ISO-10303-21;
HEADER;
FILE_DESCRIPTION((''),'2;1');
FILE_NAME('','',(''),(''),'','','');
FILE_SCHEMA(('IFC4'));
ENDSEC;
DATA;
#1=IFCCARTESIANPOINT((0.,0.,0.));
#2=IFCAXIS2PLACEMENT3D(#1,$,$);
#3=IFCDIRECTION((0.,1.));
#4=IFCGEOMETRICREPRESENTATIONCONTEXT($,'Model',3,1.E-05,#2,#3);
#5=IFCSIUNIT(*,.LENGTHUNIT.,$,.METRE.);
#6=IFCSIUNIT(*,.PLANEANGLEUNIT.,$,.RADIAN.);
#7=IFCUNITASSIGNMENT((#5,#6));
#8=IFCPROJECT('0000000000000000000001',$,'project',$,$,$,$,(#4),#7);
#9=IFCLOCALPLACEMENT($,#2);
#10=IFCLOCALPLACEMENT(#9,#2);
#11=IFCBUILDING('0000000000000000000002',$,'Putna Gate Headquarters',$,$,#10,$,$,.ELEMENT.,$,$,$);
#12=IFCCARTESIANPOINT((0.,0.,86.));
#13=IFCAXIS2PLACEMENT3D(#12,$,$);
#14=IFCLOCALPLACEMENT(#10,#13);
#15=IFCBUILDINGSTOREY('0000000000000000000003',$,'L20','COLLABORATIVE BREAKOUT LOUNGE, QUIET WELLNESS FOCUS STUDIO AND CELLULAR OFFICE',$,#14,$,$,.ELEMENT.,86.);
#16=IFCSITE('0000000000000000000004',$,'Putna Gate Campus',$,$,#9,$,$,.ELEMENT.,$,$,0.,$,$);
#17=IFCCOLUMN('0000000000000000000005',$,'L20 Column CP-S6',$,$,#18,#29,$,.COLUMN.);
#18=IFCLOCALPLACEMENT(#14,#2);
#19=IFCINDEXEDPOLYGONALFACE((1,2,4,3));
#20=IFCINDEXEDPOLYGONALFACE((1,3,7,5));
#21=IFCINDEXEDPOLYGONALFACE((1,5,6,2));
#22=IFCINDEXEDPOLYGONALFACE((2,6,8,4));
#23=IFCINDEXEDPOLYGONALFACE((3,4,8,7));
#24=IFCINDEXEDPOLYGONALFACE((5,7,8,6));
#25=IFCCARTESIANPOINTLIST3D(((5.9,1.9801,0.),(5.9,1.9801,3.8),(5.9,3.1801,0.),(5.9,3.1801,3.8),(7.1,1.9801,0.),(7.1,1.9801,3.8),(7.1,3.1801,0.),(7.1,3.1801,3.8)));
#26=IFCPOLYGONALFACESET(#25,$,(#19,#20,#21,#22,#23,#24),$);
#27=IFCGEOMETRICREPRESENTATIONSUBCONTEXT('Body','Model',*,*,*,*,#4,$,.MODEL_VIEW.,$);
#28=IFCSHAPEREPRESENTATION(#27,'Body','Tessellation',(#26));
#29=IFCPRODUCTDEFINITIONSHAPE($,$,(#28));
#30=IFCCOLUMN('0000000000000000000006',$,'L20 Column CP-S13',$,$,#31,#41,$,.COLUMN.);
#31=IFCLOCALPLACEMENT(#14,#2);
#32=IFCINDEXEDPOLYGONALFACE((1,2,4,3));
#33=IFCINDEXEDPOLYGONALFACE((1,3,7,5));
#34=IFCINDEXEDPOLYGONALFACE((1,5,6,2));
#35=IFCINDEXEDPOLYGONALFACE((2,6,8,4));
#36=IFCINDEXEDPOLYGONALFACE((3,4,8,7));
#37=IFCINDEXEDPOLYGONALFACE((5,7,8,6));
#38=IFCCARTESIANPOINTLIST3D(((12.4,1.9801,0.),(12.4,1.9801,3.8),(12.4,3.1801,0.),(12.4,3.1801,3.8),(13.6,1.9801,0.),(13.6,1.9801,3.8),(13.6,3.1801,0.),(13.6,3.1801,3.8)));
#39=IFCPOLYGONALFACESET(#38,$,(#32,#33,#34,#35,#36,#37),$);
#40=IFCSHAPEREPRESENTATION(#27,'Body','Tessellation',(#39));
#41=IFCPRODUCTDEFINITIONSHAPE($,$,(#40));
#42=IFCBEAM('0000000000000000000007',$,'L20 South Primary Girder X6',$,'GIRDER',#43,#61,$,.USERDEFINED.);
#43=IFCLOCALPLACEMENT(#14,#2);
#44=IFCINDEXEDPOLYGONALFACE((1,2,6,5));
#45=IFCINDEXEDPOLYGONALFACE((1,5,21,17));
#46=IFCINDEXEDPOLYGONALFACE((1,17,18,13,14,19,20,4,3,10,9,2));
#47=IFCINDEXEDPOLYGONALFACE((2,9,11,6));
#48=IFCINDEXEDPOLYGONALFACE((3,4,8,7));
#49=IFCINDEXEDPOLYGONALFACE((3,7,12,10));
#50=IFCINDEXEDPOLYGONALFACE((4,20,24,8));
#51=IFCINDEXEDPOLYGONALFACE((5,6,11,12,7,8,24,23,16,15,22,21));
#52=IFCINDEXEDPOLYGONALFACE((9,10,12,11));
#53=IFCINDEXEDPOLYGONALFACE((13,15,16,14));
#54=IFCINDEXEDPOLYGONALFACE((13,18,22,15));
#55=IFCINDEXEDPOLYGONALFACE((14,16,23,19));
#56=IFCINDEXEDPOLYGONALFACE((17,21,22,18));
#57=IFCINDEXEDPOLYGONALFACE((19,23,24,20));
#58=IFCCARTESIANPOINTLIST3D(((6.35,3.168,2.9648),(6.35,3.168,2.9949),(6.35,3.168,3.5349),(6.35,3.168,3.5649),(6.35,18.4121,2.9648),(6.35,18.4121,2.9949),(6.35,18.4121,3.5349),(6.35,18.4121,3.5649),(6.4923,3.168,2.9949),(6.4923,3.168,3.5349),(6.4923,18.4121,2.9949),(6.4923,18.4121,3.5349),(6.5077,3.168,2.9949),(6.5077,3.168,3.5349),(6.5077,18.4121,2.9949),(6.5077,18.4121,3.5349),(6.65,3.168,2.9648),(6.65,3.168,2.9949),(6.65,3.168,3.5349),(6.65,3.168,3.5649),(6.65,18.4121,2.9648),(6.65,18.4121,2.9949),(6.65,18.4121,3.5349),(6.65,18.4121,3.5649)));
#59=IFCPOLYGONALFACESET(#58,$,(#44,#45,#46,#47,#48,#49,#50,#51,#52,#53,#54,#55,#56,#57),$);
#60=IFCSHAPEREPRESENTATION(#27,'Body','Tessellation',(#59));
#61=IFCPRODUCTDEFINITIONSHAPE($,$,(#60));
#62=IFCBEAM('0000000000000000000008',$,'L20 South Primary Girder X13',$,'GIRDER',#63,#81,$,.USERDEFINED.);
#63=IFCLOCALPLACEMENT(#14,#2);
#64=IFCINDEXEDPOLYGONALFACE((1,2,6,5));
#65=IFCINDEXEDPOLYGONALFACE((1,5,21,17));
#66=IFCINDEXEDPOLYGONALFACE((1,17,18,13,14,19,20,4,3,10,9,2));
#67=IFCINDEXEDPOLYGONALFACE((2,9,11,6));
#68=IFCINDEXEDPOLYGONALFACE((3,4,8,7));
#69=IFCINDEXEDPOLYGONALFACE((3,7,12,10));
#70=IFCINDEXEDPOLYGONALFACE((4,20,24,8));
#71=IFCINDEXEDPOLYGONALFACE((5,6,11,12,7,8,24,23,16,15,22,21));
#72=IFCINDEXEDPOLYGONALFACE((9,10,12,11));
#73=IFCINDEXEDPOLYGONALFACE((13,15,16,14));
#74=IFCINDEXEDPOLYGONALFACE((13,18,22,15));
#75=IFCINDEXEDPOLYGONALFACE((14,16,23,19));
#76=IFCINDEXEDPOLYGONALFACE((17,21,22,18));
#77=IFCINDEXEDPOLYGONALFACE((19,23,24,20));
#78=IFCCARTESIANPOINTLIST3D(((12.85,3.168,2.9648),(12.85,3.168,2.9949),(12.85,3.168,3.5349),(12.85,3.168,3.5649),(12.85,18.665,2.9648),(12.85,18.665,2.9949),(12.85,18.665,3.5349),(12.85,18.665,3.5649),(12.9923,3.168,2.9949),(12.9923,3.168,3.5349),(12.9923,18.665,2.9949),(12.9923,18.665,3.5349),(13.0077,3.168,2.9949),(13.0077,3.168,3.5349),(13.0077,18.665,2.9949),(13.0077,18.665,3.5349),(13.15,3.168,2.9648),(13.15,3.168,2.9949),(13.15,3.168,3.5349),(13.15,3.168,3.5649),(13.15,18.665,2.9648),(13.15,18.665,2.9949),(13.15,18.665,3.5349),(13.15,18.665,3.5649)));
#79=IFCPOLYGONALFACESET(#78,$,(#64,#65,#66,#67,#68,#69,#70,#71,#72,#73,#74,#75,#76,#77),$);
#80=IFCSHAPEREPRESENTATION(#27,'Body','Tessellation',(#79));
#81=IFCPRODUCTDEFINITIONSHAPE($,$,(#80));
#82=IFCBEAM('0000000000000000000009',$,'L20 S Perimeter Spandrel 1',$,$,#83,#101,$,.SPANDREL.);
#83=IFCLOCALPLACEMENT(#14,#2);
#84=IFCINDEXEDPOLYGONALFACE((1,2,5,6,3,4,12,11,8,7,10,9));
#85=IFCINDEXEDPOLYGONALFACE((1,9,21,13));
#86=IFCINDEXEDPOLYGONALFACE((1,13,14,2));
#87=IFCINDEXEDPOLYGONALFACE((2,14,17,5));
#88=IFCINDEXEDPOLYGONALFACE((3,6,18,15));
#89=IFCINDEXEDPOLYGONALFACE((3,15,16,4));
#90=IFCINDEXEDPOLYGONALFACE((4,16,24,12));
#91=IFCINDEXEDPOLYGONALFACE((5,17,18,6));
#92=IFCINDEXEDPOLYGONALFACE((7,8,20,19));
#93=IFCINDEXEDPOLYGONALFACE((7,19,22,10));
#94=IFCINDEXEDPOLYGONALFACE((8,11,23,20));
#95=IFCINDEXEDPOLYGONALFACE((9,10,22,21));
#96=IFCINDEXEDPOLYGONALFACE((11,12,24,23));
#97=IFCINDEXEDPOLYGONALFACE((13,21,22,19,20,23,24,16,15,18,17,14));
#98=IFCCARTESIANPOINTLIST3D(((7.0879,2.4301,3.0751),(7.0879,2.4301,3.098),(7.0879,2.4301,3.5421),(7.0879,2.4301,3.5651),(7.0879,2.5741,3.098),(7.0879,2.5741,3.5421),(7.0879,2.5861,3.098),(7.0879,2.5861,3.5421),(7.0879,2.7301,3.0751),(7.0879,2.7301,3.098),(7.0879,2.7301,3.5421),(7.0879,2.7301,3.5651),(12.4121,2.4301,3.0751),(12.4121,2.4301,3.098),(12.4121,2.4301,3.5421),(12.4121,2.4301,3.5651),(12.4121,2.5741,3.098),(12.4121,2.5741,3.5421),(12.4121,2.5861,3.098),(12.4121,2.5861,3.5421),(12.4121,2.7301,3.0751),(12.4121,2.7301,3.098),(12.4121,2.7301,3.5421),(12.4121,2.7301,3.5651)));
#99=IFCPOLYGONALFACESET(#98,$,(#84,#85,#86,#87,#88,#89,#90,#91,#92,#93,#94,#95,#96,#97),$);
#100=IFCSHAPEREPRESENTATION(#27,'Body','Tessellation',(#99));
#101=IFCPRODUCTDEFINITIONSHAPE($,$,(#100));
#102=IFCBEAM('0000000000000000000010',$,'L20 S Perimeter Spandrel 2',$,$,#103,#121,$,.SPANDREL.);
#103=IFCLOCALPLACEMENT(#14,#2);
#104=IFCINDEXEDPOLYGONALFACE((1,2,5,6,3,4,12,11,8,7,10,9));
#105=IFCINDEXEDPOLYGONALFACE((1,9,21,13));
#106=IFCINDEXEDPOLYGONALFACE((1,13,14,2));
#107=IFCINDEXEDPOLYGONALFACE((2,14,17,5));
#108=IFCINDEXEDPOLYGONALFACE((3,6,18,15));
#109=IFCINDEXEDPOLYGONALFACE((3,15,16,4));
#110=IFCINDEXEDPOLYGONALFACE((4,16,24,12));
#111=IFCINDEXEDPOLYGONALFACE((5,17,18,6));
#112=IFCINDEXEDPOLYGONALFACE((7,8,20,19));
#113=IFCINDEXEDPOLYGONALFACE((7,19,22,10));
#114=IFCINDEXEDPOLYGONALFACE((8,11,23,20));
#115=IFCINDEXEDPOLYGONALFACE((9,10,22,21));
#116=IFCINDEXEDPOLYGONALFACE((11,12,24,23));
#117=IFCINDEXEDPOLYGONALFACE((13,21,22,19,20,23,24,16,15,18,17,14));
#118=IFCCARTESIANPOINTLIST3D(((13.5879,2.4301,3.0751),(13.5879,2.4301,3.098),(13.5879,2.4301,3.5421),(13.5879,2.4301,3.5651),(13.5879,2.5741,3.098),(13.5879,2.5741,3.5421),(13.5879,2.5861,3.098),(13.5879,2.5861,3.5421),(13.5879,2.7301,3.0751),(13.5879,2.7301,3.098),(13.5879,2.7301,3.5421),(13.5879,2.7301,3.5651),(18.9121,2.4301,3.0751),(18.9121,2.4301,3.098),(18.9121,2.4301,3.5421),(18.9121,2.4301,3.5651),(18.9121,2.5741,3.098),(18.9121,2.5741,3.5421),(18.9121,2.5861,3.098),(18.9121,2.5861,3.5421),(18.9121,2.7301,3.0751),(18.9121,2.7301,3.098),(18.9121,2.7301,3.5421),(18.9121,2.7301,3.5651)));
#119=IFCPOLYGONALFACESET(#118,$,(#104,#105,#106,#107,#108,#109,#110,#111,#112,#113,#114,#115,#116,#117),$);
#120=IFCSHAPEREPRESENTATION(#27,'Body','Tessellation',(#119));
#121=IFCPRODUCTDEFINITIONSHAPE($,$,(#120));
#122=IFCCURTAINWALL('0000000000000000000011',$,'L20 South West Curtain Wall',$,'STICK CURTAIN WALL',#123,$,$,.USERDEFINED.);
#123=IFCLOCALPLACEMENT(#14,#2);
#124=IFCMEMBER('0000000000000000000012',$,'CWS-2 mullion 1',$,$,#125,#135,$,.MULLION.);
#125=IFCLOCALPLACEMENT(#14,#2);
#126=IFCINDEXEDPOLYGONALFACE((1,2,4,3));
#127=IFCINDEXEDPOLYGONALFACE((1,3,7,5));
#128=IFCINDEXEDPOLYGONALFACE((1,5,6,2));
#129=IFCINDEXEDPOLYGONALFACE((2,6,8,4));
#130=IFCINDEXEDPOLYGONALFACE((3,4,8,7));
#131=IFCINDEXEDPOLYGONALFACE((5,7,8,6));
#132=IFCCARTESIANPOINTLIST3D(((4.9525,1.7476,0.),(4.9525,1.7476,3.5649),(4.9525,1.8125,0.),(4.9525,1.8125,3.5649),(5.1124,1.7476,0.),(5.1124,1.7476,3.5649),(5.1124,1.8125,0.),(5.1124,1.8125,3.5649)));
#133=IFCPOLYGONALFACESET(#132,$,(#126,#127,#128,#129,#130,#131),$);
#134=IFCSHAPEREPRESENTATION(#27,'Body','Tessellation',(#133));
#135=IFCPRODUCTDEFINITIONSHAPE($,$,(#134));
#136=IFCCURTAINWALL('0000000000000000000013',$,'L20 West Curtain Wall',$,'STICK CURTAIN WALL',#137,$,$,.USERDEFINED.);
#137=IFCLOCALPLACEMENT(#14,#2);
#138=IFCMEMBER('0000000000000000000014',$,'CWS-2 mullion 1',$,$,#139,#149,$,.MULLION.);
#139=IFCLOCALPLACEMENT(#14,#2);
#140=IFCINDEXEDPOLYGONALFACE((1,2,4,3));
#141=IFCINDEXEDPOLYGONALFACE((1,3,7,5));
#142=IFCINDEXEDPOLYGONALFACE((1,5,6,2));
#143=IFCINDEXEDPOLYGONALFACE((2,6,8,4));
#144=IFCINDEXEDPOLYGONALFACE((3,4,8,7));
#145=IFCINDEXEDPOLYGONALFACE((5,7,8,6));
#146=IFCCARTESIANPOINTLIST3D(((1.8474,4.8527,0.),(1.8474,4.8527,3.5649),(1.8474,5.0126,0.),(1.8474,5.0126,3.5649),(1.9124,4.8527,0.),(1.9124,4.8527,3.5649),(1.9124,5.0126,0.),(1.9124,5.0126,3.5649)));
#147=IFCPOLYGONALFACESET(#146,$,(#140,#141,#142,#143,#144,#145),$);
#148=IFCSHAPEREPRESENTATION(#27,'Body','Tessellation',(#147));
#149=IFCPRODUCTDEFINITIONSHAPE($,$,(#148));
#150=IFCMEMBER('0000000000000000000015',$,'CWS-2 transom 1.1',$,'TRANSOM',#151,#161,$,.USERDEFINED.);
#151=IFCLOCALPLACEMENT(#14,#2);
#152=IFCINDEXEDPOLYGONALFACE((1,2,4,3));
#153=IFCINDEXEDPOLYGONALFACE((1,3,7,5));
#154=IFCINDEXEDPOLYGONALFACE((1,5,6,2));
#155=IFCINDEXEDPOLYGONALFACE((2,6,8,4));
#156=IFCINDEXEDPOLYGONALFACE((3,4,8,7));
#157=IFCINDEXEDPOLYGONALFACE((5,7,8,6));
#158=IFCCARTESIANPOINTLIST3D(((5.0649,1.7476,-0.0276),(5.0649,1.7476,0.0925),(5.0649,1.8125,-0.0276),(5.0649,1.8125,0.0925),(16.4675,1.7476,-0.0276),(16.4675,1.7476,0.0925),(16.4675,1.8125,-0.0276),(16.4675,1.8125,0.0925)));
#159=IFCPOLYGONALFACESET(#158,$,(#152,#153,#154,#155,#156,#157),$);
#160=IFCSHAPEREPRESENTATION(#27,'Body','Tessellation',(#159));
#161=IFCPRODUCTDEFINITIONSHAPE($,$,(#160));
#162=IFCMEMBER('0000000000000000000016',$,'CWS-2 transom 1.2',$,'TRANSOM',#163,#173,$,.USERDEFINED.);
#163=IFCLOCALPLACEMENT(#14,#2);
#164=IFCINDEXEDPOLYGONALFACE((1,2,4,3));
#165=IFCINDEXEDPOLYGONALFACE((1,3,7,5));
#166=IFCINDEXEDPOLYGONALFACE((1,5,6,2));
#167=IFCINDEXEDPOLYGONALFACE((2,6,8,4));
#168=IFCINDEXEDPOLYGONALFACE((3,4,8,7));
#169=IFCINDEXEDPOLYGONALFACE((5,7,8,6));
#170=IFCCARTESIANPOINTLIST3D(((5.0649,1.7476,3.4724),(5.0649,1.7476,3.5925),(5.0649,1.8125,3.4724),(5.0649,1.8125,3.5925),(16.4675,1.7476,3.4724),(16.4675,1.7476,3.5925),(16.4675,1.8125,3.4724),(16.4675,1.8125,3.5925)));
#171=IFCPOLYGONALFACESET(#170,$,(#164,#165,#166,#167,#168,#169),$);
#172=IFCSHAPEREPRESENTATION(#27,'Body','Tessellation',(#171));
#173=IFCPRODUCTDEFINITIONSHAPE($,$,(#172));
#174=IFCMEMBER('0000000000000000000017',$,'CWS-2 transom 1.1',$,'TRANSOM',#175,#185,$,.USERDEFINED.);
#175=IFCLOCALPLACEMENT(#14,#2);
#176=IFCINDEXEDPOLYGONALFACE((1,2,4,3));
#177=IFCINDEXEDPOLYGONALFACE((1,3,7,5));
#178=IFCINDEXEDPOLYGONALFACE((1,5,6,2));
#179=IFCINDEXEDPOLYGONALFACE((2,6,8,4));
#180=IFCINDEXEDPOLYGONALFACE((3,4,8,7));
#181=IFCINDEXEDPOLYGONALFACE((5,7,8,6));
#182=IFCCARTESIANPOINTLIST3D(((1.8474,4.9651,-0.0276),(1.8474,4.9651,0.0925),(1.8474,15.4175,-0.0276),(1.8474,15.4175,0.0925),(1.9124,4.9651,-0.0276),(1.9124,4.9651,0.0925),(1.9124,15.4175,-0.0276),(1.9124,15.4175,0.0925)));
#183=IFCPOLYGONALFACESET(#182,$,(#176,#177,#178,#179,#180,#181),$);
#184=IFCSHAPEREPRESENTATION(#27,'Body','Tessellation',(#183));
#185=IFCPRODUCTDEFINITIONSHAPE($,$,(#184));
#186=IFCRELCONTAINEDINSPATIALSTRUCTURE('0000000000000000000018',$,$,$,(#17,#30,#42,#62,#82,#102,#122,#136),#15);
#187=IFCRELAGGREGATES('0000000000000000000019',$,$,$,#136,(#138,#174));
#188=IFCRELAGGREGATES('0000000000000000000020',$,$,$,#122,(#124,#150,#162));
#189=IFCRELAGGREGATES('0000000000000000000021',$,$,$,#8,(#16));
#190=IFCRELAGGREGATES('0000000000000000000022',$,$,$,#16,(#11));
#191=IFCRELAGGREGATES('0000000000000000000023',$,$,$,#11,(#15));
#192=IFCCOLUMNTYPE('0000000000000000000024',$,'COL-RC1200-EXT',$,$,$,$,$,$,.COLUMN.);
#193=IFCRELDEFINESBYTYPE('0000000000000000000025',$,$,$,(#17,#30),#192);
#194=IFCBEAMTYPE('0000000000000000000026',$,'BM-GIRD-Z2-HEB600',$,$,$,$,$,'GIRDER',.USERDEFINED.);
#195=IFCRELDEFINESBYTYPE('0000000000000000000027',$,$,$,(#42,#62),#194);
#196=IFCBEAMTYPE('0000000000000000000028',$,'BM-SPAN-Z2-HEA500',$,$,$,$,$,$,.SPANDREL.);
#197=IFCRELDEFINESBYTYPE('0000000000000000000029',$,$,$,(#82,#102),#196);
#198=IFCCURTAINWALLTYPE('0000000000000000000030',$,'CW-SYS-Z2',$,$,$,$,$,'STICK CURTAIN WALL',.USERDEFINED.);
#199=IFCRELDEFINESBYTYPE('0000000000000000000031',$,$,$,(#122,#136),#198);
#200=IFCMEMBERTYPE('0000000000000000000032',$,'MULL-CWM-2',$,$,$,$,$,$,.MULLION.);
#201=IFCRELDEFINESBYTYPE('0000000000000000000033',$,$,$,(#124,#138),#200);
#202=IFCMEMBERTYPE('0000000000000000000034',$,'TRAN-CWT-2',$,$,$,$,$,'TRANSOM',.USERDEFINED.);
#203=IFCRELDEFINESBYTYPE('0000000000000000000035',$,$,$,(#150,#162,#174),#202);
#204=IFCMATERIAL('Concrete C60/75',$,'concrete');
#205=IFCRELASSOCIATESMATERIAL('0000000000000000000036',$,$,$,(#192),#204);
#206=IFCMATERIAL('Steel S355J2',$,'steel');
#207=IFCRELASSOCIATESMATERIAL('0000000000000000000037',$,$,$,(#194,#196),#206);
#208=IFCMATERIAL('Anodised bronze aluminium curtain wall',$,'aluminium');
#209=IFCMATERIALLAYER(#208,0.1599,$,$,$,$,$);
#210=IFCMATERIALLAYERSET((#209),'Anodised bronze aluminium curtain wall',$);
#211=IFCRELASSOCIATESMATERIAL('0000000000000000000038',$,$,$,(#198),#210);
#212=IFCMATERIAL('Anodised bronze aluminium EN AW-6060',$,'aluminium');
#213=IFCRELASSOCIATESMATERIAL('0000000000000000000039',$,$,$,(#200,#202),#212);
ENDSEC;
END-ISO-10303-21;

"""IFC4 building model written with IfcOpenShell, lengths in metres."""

from ifc_helpers import new_model, si_unit, direction, frame, origin, origin_2d, place, context, subcontext, project, spatial, rectangle, i_section, extrude, material, layer, layer_set, material_profile, profile_set, type_object, element, aggregate, save


model = new_model("IFC4")

# Units and contexts
model_context = context("Model", 3, precision=1e-05, world=origin(), true_north=direction((0.0, 1.0)))
body_context = subcontext(model_context, "Body", "Model", "MODEL_VIEW")
ifc_project = project(units=[si_unit("LENGTHUNIT", "METRE"), si_unit("PLANEANGLEUNIT", "RADIAN")], contexts=[model_context])

# Site, building, storey
site_placement = place(None, origin())
site = spatial("IfcSite", under=ifc_project, at=site_placement, Name="Putna Gate Campus", CompositionType="ELEMENT", RefElevation=0.0)
building_placement = place(site_placement, origin())
building = spatial("IfcBuilding", under=site, at=building_placement, Name="Putna Gate Headquarters", CompositionType="ELEMENT")
storey_placement = place(building_placement, frame((0.0, 0.0, 86.0)))
storey = spatial("IfcBuildingStorey", under=building, at=storey_placement, Name="L20", Description="COLLABORATIVE BREAKOUT LOUNGE, QUIET WELLNESS FOCUS STUDIO AND CELLULAR OFFICE", CompositionType="ELEMENT", Elevation=86.0)

# Columns
ifc_material_1 = material(Name="Concrete C60/75", Category="concrete")
ifc_material_profile_1 = material_profile(ifc_material_1, rectangle(XDim=1.2, YDim=1.2, at=origin_2d()), Name="Concrete C60/75")
ifc_profile_set_1 = profile_set([ifc_material_profile_1], Name="Concrete C60/75")
column_type = type_object("IfcColumnType", Name="COL-RC1200-EXT", PredefinedType="COLUMN", material=ifc_profile_set_1)
for number, where, z_axis, x_axis, name in (
    (1, (6.5, 2.5801, 0.0), (0.0, 0.0, 1.0), (1.0, 0.0, 0.0), "L20 Column CP-S6"),
    (2, (13.0, 2.5801, 0.0), (0.0, 0.0, 1.0), (1.0, 0.0, 0.0), "L20 Column CP-S13"),
):
    element("IfcColumn", number, at=place(storey_placement, frame(where, z_axis=z_axis, x_axis=x_axis)), inside=storey, type_object=column_type, Name=name, PredefinedType="COLUMN", context=body_context, shape_type="SweptSolid", body=[
        extrude(rectangle(XDim=1.2, YDim=1.2, at=origin_2d()), origin(), (0.0, 0.0, 1.0), 3.8),
    ])

# Beams
ifc_material_2 = material(Name="Steel S355J2", Category="steel")
ifc_material_profile_2 = material_profile(ifc_material_2, i_section(OverallWidth=0.3, OverallDepth=0.6001, WebThickness=0.0154, FlangeThickness=0.03, at=origin_2d()), Name="Steel S355J2")
ifc_profile_set_2 = profile_set([ifc_material_profile_2], Name="Steel S355J2")
beam_type_1 = type_object("IfcBeamType", Name="BM-GIRD-Z2-HEB600", ElementType="GIRDER", PredefinedType="USERDEFINED", material=ifc_profile_set_2)
beam_1_placement = place(storey_placement, frame((6.5, 3.168, 3.2649), z_axis=(0.0, 1.0, 0.0), x_axis=(-1.0, 0.0, 0.0)))
element("IfcBeam", 3, at=beam_1_placement, inside=storey, type_object=beam_type_1, Name="L20 South Primary Girder X6", ObjectType="GIRDER", PredefinedType="USERDEFINED", context=body_context, shape_type="SweptSolid", body=[
    extrude(i_section(OverallWidth=0.3, OverallDepth=0.6001, WebThickness=0.0154, FlangeThickness=0.03, at=origin_2d()), origin(), (0.0, 0.0, 1.0), 15.2441),
])
beam_2_placement = place(storey_placement, frame((13.0, 3.168, 3.2649), z_axis=(0.0, 1.0, 0.0), x_axis=(-1.0, 0.0, 0.0)))
element("IfcBeam", 4, at=beam_2_placement, inside=storey, type_object=beam_type_1, Name="L20 South Primary Girder X13", ObjectType="GIRDER", PredefinedType="USERDEFINED", context=body_context, shape_type="SweptSolid", body=[
    extrude(i_section(OverallWidth=0.3, OverallDepth=0.6001, WebThickness=0.0154, FlangeThickness=0.03, at=origin_2d()), origin(), (0.0, 0.0, 1.0), 15.4971),
])
ifc_material_profile_3 = material_profile(ifc_material_2, i_section(OverallWidth=0.3, OverallDepth=0.49, WebThickness=0.012, FlangeThickness=0.0229, at=origin_2d()), Name="Steel S355J2")
ifc_profile_set_3 = profile_set([ifc_material_profile_3], Name="Steel S355J2")
beam_type_2 = type_object("IfcBeamType", Name="BM-SPAN-Z2-HEA500", PredefinedType="SPANDREL", material=ifc_profile_set_3)
for number, where, z_axis, x_axis, name in (
    (5, (7.0879, 2.5801, 3.3201), (1.0, 0.0, 0.0), (0.0, 1.0, 0.0), "L20 S Perimeter Spandrel 1"),
    (6, (13.5879, 2.5801, 3.3201), (1.0, 0.0, 0.0), (0.0, 1.0, 0.0), "L20 S Perimeter Spandrel 2"),
):
    element("IfcBeam", number, at=place(storey_placement, frame(where, z_axis=z_axis, x_axis=x_axis)), inside=storey, type_object=beam_type_2, Name=name, PredefinedType="SPANDREL", context=body_context, shape_type="SweptSolid", body=[
        extrude(i_section(OverallWidth=0.3, OverallDepth=0.49, WebThickness=0.012, FlangeThickness=0.0229, at=origin_2d()), origin(), (0.0, 0.0, 1.0), 5.3242),
    ])

# Curtain walls, members
ifc_material_3 = material(Name="Anodised bronze aluminium curtain wall", Category="aluminium")
ifc_layer_1 = layer(ifc_material_3, 0.1599)
ifc_layer_set_1 = layer_set([ifc_layer_1], Name="Anodised bronze aluminium curtain wall")
curtain_wall_type = type_object("IfcCurtainWallType", Name="CW-SYS-Z2", ElementType="STICK CURTAIN WALL", PredefinedType="USERDEFINED", material=ifc_layer_set_1)
curtain_wall_1_placement = place(storey_placement, origin())
curtain_wall_1 = element("IfcCurtainWall", 7, at=curtain_wall_1_placement, inside=storey, type_object=curtain_wall_type, Name="L20 South West Curtain Wall", ObjectType="STICK CURTAIN WALL", PredefinedType="USERDEFINED")
ifc_material_4 = material(Name="Anodised bronze aluminium EN AW-6060", Category="aluminium")
ifc_material_profile_4 = material_profile(ifc_material_4, rectangle(XDim=0.0649, YDim=0.1599, at=origin_2d()), Name="Anodised bronze aluminium EN AW-6060")
ifc_profile_set_4 = profile_set([ifc_material_profile_4], Name="Anodised bronze aluminium EN AW-6060")
member_type_1 = type_object("IfcMemberType", Name="MULL-CWM-2", PredefinedType="MULLION", material=ifc_profile_set_4)
member_1_placement = place(storey_placement, frame((5.0325, 1.78, 0.0), z_axis=(0.0, 0.0, 1.0), x_axis=(0.0, 1.0, 0.0)))
member_1 = element("IfcMember", 8, at=member_1_placement, type_object=member_type_1, Name="CWS-2 mullion 1", PredefinedType="MULLION", context=body_context, shape_type="SweptSolid", body=[
    extrude(rectangle(XDim=0.0649, YDim=0.1599, at=origin_2d()), origin(), (0.0, 0.0, 1.0), 3.5649),
])
curtain_wall_2_placement = place(storey_placement, origin())
curtain_wall_2 = element("IfcCurtainWall", 9, at=curtain_wall_2_placement, inside=storey, type_object=curtain_wall_type, Name="L20 West Curtain Wall", ObjectType="STICK CURTAIN WALL", PredefinedType="USERDEFINED")
member_2_placement = place(storey_placement, frame((1.8799, 4.9326, 0.0), z_axis=(0.0, 0.0, 1.0), x_axis=(-1.0, 0.0, 0.0)))
member_2 = element("IfcMember", 10, at=member_2_placement, type_object=member_type_1, Name="CWS-2 mullion 1", PredefinedType="MULLION", context=body_context, shape_type="SweptSolid", body=[
    extrude(rectangle(XDim=0.0649, YDim=0.1599, at=origin_2d()), origin(), (0.0, 0.0, 1.0), 3.5649),
])

# Members
ifc_material_profile_5 = material_profile(ifc_material_4, rectangle(XDim=0.0649, YDim=0.1201, at=origin_2d()), Name="Anodised bronze aluminium EN AW-6060")
ifc_profile_set_5 = profile_set([ifc_material_profile_5], Name="Anodised bronze aluminium EN AW-6060")
member_type_2 = type_object("IfcMemberType", Name="TRAN-CWT-2", ElementType="TRANSOM", PredefinedType="USERDEFINED", material=ifc_profile_set_5)
member_3_placement = place(storey_placement, frame((5.0649, 1.78, 0.0325), z_axis=(1.0, 0.0, 0.0), x_axis=(0.0, 1.0, 0.0)))
member_3 = element("IfcMember", 11, at=member_3_placement, type_object=member_type_2, Name="CWS-2 transom 1.1", ObjectType="TRANSOM", PredefinedType="USERDEFINED", context=body_context, shape_type="SweptSolid", body=[
    extrude(rectangle(XDim=0.0649, YDim=0.1201, at=origin_2d()), origin(), (0.0, 0.0, 1.0), 11.4026),
])
member_4_placement = place(storey_placement, frame((5.0649, 1.78, 3.5325), z_axis=(1.0, 0.0, 0.0), x_axis=(0.0, 1.0, 0.0)))
member_4 = element("IfcMember", 12, at=member_4_placement, type_object=member_type_2, Name="CWS-2 transom 1.2", ObjectType="TRANSOM", PredefinedType="USERDEFINED", context=body_context, shape_type="SweptSolid", body=[
    extrude(rectangle(XDim=0.0649, YDim=0.1201, at=origin_2d()), origin(), (0.0, 0.0, 1.0), 11.4026),
])
member_5_placement = place(storey_placement, frame((1.8799, 4.9651, 0.0325), z_axis=(0.0, 1.0, 0.0), x_axis=(-1.0, 0.0, 0.0)))
member_5 = element("IfcMember", 13, at=member_5_placement, type_object=member_type_2, Name="CWS-2 transom 1.1", ObjectType="TRANSOM", PredefinedType="USERDEFINED", context=body_context, shape_type="SweptSolid", body=[
    extrude(rectangle(XDim=0.0649, YDim=0.1201, at=origin_2d()), origin(), (0.0, 0.0, 1.0), 10.4524),
])
aggregate(curtain_wall_2, [member_2, member_5])

aggregate(curtain_wall_1, [member_1, member_3, member_4])

save(model, "model.ifc")
